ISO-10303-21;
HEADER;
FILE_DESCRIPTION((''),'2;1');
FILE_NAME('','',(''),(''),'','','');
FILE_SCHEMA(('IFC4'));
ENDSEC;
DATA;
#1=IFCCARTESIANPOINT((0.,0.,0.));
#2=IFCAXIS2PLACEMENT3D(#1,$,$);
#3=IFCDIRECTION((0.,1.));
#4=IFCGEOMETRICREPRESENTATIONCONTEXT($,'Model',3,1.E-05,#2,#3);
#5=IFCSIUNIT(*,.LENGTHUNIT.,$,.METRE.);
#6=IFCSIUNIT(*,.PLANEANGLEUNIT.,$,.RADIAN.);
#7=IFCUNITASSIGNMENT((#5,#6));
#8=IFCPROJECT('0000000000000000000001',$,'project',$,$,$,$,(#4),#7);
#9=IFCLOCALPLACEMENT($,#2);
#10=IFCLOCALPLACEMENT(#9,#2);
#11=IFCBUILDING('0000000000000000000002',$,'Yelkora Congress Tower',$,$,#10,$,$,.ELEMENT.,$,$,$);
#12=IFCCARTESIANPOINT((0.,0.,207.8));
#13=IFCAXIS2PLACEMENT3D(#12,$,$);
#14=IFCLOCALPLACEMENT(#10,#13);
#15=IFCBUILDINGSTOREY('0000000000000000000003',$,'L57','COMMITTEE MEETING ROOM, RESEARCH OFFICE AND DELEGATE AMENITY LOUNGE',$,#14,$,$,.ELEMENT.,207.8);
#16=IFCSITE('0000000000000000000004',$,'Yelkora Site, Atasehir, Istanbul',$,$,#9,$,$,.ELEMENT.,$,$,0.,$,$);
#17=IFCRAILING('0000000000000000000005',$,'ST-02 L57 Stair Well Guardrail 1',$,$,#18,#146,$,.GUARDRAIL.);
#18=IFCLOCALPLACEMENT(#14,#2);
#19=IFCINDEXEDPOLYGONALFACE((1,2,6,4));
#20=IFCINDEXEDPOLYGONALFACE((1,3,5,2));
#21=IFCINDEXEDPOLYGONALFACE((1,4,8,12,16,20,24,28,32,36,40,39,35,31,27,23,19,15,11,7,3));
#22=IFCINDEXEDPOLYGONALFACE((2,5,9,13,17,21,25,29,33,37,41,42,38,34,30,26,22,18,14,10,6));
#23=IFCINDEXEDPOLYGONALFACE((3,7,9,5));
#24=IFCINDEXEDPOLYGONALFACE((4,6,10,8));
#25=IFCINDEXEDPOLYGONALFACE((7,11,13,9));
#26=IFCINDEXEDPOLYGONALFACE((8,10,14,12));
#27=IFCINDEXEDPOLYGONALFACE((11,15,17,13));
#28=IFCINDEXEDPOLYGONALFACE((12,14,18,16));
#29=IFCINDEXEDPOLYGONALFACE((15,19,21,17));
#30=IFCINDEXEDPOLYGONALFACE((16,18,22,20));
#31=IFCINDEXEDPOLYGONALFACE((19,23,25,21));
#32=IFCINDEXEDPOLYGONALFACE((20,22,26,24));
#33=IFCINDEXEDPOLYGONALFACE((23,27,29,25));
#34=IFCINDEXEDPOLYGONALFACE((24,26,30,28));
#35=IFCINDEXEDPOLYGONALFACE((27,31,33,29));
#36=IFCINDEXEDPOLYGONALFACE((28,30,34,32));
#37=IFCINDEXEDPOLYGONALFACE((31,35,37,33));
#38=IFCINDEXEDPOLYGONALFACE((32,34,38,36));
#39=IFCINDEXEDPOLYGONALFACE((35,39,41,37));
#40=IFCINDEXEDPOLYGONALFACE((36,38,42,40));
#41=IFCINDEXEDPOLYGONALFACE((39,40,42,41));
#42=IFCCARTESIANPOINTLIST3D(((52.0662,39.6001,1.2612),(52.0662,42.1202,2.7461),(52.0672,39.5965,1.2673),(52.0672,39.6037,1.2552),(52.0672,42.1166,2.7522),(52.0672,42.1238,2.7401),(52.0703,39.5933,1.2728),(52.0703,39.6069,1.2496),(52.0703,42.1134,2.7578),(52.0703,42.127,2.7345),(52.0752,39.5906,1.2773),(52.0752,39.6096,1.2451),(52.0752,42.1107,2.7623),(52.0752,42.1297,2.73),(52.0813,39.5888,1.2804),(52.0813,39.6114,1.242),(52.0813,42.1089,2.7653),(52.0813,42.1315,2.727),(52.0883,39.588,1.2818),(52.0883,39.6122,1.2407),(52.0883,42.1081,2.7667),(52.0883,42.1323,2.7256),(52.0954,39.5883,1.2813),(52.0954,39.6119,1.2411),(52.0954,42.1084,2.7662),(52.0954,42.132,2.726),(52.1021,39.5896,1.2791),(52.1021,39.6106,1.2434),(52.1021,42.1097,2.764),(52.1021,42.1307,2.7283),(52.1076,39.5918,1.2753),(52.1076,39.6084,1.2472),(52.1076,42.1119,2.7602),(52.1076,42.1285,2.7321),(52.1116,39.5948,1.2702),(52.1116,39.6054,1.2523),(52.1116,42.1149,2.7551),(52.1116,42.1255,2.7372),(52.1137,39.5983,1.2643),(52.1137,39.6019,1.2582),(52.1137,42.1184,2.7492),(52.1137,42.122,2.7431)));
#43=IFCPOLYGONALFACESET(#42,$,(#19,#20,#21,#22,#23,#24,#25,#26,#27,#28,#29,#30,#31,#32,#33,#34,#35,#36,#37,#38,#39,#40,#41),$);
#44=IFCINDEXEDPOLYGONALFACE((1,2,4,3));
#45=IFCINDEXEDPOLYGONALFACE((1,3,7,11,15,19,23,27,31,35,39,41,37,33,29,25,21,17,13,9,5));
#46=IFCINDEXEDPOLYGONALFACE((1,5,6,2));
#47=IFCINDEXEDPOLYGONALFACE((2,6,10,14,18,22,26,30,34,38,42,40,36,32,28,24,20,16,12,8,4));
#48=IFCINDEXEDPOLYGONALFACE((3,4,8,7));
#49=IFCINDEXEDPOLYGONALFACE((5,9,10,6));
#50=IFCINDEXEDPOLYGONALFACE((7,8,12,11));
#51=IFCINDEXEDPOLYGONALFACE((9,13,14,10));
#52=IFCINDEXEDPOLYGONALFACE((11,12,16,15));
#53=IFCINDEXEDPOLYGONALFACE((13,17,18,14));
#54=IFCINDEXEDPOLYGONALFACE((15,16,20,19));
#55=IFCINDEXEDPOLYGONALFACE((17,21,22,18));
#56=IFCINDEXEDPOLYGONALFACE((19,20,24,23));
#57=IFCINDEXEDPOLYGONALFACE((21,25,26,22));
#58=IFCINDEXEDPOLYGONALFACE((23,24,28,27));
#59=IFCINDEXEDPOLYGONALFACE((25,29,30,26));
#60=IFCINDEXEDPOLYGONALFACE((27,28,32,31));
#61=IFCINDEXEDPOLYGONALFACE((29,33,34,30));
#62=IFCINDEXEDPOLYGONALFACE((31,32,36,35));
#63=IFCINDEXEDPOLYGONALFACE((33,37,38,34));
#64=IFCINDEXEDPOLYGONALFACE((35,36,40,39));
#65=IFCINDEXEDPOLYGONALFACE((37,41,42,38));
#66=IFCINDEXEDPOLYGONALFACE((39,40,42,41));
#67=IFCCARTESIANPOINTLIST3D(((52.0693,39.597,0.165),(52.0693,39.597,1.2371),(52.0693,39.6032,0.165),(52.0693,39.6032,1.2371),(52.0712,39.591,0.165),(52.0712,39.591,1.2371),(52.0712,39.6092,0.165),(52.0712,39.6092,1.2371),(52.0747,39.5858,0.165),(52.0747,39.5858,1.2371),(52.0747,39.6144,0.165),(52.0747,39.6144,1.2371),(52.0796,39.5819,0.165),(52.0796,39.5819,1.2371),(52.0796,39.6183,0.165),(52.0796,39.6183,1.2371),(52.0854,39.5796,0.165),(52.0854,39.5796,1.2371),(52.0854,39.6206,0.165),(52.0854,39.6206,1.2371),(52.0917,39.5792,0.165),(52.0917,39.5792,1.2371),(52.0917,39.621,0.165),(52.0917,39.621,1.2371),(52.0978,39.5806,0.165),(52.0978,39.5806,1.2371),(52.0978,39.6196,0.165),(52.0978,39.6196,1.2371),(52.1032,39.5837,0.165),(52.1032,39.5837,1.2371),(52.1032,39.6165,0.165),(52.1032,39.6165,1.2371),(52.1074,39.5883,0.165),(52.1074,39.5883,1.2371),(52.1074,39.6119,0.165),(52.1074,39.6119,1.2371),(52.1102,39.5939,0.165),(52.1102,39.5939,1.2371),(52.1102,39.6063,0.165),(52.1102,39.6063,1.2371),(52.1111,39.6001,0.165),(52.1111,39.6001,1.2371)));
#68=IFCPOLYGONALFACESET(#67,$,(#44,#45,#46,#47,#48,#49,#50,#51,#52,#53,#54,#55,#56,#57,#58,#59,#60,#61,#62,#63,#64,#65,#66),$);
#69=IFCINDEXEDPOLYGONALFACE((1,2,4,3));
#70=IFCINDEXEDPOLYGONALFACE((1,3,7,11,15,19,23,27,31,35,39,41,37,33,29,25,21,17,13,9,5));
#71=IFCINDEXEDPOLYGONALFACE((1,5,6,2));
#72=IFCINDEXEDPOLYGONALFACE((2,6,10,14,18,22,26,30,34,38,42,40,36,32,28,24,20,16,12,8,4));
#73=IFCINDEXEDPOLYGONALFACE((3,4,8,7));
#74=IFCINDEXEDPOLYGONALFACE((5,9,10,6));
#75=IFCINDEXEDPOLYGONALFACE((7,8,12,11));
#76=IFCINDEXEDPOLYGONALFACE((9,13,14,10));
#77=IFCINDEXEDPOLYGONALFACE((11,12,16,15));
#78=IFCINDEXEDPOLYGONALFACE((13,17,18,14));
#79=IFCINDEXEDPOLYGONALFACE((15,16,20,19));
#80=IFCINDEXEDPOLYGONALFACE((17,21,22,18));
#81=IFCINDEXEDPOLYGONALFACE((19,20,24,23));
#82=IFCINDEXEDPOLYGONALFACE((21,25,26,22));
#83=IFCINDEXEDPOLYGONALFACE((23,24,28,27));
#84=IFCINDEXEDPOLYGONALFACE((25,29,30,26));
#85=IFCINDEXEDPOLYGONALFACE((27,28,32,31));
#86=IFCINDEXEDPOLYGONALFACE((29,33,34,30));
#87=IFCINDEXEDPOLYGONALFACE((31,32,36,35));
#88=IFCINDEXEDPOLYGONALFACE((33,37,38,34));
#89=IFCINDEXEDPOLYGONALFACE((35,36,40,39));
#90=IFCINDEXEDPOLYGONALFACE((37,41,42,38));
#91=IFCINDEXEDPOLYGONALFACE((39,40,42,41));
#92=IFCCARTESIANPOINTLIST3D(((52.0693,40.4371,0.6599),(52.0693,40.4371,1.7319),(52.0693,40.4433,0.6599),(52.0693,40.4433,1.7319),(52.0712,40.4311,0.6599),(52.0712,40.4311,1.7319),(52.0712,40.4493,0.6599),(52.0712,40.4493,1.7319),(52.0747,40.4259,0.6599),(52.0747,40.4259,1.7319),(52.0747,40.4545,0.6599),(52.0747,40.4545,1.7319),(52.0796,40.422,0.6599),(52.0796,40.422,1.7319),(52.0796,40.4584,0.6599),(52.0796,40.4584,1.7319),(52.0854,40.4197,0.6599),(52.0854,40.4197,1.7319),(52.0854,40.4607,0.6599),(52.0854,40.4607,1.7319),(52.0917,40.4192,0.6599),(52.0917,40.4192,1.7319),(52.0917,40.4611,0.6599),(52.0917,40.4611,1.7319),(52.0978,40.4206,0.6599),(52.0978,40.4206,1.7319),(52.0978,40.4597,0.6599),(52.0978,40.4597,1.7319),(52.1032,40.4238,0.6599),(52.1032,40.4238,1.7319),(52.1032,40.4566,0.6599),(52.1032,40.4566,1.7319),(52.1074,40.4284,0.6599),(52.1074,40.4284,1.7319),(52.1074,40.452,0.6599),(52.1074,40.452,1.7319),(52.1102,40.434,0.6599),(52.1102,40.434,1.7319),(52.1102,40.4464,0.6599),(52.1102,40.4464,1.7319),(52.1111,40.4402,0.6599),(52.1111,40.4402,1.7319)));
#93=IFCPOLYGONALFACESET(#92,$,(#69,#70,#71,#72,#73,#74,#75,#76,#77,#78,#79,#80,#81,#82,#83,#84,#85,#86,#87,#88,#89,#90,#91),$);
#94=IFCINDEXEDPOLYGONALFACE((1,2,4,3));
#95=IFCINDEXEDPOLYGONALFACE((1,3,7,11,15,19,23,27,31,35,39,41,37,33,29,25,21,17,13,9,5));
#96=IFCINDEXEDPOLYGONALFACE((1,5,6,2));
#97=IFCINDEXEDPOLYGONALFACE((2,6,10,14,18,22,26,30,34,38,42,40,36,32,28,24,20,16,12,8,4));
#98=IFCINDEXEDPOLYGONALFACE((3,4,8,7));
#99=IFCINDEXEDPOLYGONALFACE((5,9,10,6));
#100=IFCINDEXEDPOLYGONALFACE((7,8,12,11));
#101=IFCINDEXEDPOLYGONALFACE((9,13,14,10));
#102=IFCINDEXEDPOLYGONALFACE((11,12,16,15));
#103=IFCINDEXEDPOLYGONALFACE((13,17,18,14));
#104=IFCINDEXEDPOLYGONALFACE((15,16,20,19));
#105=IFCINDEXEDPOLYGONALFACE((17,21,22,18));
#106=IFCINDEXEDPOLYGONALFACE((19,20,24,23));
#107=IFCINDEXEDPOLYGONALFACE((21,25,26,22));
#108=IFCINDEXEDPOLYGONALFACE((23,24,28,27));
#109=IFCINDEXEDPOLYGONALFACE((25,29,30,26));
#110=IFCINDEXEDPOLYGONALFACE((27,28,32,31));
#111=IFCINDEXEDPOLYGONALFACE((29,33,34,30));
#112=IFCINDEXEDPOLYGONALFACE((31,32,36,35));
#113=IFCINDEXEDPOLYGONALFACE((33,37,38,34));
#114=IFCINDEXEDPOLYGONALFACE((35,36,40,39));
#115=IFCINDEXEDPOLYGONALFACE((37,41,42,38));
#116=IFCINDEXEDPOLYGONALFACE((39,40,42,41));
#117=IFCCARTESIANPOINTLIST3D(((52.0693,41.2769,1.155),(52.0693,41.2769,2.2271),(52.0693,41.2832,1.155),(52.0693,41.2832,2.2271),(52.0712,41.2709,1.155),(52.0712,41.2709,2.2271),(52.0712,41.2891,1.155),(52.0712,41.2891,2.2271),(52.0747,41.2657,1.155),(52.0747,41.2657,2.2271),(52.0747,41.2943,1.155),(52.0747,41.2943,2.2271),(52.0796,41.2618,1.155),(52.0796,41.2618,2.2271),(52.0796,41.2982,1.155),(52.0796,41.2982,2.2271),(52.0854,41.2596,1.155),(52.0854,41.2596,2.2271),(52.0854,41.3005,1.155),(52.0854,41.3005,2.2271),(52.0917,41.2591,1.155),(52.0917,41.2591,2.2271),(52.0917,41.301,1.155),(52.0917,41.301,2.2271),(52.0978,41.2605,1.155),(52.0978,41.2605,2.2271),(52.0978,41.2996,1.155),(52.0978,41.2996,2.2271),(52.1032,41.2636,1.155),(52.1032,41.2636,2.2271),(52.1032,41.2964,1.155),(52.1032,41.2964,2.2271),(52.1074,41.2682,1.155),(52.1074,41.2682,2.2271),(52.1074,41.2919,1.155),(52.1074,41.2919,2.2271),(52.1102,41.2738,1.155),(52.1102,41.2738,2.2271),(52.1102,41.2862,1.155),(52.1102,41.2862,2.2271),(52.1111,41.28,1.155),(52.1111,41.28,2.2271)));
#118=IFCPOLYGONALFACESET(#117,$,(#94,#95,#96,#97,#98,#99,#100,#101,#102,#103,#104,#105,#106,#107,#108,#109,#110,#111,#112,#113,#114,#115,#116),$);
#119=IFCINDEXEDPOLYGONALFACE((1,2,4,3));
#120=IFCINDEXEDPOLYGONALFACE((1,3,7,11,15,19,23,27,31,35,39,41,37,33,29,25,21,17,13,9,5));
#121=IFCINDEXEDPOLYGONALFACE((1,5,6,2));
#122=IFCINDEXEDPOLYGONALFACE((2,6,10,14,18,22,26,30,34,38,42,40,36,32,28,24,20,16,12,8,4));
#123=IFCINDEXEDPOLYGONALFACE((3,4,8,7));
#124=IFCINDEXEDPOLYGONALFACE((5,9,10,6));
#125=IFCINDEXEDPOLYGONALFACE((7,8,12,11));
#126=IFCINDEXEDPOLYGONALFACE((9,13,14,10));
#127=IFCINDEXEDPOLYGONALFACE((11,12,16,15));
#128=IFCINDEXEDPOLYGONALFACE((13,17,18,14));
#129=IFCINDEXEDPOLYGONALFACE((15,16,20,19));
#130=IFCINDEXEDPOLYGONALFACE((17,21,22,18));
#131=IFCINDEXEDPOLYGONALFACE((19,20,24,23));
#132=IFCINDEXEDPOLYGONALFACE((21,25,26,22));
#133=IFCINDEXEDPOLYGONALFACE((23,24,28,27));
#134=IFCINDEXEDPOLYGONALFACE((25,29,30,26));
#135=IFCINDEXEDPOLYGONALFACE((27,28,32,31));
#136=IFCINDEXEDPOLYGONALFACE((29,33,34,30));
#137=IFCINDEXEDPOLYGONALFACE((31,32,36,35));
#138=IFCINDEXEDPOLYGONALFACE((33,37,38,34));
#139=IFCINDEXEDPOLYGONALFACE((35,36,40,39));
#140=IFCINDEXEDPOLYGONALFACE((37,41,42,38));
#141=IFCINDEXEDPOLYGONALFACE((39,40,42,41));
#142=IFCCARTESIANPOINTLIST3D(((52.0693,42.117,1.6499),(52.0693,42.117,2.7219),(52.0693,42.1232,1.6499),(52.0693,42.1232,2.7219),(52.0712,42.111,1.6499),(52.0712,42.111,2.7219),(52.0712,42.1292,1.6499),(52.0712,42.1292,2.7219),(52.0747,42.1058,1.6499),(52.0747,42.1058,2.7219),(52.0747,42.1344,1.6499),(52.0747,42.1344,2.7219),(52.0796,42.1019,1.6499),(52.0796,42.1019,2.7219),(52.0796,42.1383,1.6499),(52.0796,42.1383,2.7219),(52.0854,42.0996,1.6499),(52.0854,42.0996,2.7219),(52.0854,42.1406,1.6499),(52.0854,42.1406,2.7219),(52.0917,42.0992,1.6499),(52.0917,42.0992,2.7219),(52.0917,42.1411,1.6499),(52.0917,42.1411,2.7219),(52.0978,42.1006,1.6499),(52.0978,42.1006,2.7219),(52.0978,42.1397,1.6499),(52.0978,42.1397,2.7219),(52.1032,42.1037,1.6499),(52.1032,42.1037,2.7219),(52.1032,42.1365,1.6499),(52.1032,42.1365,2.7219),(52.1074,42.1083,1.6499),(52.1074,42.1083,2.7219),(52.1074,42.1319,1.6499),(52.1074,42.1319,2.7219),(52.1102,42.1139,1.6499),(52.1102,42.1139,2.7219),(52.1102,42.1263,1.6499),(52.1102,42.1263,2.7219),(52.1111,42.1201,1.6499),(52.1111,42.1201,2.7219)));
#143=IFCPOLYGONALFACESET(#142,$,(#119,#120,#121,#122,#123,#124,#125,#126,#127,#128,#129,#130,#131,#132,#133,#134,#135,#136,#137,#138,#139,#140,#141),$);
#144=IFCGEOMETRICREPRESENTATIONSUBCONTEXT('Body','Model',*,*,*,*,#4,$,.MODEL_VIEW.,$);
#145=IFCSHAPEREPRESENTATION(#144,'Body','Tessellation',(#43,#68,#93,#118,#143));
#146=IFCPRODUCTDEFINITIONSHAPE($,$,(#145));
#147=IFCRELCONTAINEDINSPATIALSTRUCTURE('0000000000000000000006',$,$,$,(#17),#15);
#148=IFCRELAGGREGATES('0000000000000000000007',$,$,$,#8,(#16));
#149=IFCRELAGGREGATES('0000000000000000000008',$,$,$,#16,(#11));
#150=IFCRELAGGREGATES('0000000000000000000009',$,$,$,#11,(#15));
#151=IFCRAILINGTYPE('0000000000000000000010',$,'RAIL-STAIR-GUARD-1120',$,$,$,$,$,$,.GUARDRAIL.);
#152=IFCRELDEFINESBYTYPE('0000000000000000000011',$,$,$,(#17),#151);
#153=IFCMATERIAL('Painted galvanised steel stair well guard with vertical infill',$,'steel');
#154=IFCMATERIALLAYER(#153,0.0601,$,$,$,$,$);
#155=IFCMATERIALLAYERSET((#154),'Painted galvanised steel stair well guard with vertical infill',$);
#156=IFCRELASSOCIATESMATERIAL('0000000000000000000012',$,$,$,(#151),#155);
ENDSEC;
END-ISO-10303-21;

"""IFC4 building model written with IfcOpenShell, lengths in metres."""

from ifc_helpers import new_model, si_unit, direction, frame, origin, origin_2d, place, context, subcontext, project, spatial, circle, extrude, material, layer, layer_set, type_object, element, save


model = new_model("IFC4")

# Units and contexts
model_context = context("Model", 3, precision=1e-05, world=origin(), true_north=direction((0.0, 1.0)))
body_context = subcontext(model_context, "Body", "Model", "MODEL_VIEW")
ifc_project = project(units=[si_unit("LENGTHUNIT", "METRE"), si_unit("PLANEANGLEUNIT", "RADIAN")], contexts=[model_context])

# Site, building, storey
site_placement = place(None, origin())
site = spatial("IfcSite", under=ifc_project, at=site_placement, Name="Yelkora Site, Atasehir, Istanbul", CompositionType="ELEMENT", RefElevation=0.0)
building_placement = place(site_placement, origin())
building = spatial("IfcBuilding", under=site, at=building_placement, Name="Yelkora Congress Tower", CompositionType="ELEMENT")
storey_placement = place(building_placement, frame((0.0, 0.0, 207.8)))
storey = spatial("IfcBuildingStorey", under=building, at=storey_placement, Name="L57", Description="COMMITTEE MEETING ROOM, RESEARCH OFFICE AND DELEGATE AMENITY LOUNGE", CompositionType="ELEMENT", Elevation=207.8)

# Railing
ifc_material_1 = material(Name="Painted galvanised steel stair well guard with vertical infill", Category="steel")
ifc_layer_1 = layer(ifc_material_1, 0.0601)
ifc_layer_set_1 = layer_set([ifc_layer_1], Name="Painted galvanised steel stair well guard with vertical infill")
railing_type_1 = type_object("IfcRailingType", Name="RAIL-STAIR-GUARD-1120", PredefinedType="GUARDRAIL", material=ifc_layer_set_1)
railing_1_placement = place(storey_placement, frame((52.0901, 39.6001, 0.165)))
element("IfcRailing", 1, at=railing_1_placement, inside=storey, type_object=railing_type_1, Name="ST-02 L57 Stair Well Guardrail 1", PredefinedType="GUARDRAIL", context=body_context, shape_type="SweptSolid", body=[
    extrude(circle(Radius=0.0239, at=origin_2d()), frame((0.0, 0.0, 1.0962), z_axis=(0.0, 0.861561, 0.507655), x_axis=(-1.0, 0.0, 0.0)), (0.0, 0.0, 1.0), 2.925),
    extrude(circle(Radius=0.021, at=origin_2d()), origin(), (0.0, 0.0, 1.0), 1.072),
    extrude(circle(Radius=0.021, at=origin_2d()), frame((0.0, 0.8401, 0.4949)), (0.0, 0.0, 1.0), 1.072),
    extrude(circle(Radius=0.021, at=origin_2d()), frame((0.0, 1.6799, 0.99)), (0.0, 0.0, 1.0), 1.072),
    extrude(circle(Radius=0.021, at=origin_2d()), frame((0.0, 2.52, 1.4849)), (0.0, 0.0, 1.0), 1.072),
])

save(model, "model.ifc")
